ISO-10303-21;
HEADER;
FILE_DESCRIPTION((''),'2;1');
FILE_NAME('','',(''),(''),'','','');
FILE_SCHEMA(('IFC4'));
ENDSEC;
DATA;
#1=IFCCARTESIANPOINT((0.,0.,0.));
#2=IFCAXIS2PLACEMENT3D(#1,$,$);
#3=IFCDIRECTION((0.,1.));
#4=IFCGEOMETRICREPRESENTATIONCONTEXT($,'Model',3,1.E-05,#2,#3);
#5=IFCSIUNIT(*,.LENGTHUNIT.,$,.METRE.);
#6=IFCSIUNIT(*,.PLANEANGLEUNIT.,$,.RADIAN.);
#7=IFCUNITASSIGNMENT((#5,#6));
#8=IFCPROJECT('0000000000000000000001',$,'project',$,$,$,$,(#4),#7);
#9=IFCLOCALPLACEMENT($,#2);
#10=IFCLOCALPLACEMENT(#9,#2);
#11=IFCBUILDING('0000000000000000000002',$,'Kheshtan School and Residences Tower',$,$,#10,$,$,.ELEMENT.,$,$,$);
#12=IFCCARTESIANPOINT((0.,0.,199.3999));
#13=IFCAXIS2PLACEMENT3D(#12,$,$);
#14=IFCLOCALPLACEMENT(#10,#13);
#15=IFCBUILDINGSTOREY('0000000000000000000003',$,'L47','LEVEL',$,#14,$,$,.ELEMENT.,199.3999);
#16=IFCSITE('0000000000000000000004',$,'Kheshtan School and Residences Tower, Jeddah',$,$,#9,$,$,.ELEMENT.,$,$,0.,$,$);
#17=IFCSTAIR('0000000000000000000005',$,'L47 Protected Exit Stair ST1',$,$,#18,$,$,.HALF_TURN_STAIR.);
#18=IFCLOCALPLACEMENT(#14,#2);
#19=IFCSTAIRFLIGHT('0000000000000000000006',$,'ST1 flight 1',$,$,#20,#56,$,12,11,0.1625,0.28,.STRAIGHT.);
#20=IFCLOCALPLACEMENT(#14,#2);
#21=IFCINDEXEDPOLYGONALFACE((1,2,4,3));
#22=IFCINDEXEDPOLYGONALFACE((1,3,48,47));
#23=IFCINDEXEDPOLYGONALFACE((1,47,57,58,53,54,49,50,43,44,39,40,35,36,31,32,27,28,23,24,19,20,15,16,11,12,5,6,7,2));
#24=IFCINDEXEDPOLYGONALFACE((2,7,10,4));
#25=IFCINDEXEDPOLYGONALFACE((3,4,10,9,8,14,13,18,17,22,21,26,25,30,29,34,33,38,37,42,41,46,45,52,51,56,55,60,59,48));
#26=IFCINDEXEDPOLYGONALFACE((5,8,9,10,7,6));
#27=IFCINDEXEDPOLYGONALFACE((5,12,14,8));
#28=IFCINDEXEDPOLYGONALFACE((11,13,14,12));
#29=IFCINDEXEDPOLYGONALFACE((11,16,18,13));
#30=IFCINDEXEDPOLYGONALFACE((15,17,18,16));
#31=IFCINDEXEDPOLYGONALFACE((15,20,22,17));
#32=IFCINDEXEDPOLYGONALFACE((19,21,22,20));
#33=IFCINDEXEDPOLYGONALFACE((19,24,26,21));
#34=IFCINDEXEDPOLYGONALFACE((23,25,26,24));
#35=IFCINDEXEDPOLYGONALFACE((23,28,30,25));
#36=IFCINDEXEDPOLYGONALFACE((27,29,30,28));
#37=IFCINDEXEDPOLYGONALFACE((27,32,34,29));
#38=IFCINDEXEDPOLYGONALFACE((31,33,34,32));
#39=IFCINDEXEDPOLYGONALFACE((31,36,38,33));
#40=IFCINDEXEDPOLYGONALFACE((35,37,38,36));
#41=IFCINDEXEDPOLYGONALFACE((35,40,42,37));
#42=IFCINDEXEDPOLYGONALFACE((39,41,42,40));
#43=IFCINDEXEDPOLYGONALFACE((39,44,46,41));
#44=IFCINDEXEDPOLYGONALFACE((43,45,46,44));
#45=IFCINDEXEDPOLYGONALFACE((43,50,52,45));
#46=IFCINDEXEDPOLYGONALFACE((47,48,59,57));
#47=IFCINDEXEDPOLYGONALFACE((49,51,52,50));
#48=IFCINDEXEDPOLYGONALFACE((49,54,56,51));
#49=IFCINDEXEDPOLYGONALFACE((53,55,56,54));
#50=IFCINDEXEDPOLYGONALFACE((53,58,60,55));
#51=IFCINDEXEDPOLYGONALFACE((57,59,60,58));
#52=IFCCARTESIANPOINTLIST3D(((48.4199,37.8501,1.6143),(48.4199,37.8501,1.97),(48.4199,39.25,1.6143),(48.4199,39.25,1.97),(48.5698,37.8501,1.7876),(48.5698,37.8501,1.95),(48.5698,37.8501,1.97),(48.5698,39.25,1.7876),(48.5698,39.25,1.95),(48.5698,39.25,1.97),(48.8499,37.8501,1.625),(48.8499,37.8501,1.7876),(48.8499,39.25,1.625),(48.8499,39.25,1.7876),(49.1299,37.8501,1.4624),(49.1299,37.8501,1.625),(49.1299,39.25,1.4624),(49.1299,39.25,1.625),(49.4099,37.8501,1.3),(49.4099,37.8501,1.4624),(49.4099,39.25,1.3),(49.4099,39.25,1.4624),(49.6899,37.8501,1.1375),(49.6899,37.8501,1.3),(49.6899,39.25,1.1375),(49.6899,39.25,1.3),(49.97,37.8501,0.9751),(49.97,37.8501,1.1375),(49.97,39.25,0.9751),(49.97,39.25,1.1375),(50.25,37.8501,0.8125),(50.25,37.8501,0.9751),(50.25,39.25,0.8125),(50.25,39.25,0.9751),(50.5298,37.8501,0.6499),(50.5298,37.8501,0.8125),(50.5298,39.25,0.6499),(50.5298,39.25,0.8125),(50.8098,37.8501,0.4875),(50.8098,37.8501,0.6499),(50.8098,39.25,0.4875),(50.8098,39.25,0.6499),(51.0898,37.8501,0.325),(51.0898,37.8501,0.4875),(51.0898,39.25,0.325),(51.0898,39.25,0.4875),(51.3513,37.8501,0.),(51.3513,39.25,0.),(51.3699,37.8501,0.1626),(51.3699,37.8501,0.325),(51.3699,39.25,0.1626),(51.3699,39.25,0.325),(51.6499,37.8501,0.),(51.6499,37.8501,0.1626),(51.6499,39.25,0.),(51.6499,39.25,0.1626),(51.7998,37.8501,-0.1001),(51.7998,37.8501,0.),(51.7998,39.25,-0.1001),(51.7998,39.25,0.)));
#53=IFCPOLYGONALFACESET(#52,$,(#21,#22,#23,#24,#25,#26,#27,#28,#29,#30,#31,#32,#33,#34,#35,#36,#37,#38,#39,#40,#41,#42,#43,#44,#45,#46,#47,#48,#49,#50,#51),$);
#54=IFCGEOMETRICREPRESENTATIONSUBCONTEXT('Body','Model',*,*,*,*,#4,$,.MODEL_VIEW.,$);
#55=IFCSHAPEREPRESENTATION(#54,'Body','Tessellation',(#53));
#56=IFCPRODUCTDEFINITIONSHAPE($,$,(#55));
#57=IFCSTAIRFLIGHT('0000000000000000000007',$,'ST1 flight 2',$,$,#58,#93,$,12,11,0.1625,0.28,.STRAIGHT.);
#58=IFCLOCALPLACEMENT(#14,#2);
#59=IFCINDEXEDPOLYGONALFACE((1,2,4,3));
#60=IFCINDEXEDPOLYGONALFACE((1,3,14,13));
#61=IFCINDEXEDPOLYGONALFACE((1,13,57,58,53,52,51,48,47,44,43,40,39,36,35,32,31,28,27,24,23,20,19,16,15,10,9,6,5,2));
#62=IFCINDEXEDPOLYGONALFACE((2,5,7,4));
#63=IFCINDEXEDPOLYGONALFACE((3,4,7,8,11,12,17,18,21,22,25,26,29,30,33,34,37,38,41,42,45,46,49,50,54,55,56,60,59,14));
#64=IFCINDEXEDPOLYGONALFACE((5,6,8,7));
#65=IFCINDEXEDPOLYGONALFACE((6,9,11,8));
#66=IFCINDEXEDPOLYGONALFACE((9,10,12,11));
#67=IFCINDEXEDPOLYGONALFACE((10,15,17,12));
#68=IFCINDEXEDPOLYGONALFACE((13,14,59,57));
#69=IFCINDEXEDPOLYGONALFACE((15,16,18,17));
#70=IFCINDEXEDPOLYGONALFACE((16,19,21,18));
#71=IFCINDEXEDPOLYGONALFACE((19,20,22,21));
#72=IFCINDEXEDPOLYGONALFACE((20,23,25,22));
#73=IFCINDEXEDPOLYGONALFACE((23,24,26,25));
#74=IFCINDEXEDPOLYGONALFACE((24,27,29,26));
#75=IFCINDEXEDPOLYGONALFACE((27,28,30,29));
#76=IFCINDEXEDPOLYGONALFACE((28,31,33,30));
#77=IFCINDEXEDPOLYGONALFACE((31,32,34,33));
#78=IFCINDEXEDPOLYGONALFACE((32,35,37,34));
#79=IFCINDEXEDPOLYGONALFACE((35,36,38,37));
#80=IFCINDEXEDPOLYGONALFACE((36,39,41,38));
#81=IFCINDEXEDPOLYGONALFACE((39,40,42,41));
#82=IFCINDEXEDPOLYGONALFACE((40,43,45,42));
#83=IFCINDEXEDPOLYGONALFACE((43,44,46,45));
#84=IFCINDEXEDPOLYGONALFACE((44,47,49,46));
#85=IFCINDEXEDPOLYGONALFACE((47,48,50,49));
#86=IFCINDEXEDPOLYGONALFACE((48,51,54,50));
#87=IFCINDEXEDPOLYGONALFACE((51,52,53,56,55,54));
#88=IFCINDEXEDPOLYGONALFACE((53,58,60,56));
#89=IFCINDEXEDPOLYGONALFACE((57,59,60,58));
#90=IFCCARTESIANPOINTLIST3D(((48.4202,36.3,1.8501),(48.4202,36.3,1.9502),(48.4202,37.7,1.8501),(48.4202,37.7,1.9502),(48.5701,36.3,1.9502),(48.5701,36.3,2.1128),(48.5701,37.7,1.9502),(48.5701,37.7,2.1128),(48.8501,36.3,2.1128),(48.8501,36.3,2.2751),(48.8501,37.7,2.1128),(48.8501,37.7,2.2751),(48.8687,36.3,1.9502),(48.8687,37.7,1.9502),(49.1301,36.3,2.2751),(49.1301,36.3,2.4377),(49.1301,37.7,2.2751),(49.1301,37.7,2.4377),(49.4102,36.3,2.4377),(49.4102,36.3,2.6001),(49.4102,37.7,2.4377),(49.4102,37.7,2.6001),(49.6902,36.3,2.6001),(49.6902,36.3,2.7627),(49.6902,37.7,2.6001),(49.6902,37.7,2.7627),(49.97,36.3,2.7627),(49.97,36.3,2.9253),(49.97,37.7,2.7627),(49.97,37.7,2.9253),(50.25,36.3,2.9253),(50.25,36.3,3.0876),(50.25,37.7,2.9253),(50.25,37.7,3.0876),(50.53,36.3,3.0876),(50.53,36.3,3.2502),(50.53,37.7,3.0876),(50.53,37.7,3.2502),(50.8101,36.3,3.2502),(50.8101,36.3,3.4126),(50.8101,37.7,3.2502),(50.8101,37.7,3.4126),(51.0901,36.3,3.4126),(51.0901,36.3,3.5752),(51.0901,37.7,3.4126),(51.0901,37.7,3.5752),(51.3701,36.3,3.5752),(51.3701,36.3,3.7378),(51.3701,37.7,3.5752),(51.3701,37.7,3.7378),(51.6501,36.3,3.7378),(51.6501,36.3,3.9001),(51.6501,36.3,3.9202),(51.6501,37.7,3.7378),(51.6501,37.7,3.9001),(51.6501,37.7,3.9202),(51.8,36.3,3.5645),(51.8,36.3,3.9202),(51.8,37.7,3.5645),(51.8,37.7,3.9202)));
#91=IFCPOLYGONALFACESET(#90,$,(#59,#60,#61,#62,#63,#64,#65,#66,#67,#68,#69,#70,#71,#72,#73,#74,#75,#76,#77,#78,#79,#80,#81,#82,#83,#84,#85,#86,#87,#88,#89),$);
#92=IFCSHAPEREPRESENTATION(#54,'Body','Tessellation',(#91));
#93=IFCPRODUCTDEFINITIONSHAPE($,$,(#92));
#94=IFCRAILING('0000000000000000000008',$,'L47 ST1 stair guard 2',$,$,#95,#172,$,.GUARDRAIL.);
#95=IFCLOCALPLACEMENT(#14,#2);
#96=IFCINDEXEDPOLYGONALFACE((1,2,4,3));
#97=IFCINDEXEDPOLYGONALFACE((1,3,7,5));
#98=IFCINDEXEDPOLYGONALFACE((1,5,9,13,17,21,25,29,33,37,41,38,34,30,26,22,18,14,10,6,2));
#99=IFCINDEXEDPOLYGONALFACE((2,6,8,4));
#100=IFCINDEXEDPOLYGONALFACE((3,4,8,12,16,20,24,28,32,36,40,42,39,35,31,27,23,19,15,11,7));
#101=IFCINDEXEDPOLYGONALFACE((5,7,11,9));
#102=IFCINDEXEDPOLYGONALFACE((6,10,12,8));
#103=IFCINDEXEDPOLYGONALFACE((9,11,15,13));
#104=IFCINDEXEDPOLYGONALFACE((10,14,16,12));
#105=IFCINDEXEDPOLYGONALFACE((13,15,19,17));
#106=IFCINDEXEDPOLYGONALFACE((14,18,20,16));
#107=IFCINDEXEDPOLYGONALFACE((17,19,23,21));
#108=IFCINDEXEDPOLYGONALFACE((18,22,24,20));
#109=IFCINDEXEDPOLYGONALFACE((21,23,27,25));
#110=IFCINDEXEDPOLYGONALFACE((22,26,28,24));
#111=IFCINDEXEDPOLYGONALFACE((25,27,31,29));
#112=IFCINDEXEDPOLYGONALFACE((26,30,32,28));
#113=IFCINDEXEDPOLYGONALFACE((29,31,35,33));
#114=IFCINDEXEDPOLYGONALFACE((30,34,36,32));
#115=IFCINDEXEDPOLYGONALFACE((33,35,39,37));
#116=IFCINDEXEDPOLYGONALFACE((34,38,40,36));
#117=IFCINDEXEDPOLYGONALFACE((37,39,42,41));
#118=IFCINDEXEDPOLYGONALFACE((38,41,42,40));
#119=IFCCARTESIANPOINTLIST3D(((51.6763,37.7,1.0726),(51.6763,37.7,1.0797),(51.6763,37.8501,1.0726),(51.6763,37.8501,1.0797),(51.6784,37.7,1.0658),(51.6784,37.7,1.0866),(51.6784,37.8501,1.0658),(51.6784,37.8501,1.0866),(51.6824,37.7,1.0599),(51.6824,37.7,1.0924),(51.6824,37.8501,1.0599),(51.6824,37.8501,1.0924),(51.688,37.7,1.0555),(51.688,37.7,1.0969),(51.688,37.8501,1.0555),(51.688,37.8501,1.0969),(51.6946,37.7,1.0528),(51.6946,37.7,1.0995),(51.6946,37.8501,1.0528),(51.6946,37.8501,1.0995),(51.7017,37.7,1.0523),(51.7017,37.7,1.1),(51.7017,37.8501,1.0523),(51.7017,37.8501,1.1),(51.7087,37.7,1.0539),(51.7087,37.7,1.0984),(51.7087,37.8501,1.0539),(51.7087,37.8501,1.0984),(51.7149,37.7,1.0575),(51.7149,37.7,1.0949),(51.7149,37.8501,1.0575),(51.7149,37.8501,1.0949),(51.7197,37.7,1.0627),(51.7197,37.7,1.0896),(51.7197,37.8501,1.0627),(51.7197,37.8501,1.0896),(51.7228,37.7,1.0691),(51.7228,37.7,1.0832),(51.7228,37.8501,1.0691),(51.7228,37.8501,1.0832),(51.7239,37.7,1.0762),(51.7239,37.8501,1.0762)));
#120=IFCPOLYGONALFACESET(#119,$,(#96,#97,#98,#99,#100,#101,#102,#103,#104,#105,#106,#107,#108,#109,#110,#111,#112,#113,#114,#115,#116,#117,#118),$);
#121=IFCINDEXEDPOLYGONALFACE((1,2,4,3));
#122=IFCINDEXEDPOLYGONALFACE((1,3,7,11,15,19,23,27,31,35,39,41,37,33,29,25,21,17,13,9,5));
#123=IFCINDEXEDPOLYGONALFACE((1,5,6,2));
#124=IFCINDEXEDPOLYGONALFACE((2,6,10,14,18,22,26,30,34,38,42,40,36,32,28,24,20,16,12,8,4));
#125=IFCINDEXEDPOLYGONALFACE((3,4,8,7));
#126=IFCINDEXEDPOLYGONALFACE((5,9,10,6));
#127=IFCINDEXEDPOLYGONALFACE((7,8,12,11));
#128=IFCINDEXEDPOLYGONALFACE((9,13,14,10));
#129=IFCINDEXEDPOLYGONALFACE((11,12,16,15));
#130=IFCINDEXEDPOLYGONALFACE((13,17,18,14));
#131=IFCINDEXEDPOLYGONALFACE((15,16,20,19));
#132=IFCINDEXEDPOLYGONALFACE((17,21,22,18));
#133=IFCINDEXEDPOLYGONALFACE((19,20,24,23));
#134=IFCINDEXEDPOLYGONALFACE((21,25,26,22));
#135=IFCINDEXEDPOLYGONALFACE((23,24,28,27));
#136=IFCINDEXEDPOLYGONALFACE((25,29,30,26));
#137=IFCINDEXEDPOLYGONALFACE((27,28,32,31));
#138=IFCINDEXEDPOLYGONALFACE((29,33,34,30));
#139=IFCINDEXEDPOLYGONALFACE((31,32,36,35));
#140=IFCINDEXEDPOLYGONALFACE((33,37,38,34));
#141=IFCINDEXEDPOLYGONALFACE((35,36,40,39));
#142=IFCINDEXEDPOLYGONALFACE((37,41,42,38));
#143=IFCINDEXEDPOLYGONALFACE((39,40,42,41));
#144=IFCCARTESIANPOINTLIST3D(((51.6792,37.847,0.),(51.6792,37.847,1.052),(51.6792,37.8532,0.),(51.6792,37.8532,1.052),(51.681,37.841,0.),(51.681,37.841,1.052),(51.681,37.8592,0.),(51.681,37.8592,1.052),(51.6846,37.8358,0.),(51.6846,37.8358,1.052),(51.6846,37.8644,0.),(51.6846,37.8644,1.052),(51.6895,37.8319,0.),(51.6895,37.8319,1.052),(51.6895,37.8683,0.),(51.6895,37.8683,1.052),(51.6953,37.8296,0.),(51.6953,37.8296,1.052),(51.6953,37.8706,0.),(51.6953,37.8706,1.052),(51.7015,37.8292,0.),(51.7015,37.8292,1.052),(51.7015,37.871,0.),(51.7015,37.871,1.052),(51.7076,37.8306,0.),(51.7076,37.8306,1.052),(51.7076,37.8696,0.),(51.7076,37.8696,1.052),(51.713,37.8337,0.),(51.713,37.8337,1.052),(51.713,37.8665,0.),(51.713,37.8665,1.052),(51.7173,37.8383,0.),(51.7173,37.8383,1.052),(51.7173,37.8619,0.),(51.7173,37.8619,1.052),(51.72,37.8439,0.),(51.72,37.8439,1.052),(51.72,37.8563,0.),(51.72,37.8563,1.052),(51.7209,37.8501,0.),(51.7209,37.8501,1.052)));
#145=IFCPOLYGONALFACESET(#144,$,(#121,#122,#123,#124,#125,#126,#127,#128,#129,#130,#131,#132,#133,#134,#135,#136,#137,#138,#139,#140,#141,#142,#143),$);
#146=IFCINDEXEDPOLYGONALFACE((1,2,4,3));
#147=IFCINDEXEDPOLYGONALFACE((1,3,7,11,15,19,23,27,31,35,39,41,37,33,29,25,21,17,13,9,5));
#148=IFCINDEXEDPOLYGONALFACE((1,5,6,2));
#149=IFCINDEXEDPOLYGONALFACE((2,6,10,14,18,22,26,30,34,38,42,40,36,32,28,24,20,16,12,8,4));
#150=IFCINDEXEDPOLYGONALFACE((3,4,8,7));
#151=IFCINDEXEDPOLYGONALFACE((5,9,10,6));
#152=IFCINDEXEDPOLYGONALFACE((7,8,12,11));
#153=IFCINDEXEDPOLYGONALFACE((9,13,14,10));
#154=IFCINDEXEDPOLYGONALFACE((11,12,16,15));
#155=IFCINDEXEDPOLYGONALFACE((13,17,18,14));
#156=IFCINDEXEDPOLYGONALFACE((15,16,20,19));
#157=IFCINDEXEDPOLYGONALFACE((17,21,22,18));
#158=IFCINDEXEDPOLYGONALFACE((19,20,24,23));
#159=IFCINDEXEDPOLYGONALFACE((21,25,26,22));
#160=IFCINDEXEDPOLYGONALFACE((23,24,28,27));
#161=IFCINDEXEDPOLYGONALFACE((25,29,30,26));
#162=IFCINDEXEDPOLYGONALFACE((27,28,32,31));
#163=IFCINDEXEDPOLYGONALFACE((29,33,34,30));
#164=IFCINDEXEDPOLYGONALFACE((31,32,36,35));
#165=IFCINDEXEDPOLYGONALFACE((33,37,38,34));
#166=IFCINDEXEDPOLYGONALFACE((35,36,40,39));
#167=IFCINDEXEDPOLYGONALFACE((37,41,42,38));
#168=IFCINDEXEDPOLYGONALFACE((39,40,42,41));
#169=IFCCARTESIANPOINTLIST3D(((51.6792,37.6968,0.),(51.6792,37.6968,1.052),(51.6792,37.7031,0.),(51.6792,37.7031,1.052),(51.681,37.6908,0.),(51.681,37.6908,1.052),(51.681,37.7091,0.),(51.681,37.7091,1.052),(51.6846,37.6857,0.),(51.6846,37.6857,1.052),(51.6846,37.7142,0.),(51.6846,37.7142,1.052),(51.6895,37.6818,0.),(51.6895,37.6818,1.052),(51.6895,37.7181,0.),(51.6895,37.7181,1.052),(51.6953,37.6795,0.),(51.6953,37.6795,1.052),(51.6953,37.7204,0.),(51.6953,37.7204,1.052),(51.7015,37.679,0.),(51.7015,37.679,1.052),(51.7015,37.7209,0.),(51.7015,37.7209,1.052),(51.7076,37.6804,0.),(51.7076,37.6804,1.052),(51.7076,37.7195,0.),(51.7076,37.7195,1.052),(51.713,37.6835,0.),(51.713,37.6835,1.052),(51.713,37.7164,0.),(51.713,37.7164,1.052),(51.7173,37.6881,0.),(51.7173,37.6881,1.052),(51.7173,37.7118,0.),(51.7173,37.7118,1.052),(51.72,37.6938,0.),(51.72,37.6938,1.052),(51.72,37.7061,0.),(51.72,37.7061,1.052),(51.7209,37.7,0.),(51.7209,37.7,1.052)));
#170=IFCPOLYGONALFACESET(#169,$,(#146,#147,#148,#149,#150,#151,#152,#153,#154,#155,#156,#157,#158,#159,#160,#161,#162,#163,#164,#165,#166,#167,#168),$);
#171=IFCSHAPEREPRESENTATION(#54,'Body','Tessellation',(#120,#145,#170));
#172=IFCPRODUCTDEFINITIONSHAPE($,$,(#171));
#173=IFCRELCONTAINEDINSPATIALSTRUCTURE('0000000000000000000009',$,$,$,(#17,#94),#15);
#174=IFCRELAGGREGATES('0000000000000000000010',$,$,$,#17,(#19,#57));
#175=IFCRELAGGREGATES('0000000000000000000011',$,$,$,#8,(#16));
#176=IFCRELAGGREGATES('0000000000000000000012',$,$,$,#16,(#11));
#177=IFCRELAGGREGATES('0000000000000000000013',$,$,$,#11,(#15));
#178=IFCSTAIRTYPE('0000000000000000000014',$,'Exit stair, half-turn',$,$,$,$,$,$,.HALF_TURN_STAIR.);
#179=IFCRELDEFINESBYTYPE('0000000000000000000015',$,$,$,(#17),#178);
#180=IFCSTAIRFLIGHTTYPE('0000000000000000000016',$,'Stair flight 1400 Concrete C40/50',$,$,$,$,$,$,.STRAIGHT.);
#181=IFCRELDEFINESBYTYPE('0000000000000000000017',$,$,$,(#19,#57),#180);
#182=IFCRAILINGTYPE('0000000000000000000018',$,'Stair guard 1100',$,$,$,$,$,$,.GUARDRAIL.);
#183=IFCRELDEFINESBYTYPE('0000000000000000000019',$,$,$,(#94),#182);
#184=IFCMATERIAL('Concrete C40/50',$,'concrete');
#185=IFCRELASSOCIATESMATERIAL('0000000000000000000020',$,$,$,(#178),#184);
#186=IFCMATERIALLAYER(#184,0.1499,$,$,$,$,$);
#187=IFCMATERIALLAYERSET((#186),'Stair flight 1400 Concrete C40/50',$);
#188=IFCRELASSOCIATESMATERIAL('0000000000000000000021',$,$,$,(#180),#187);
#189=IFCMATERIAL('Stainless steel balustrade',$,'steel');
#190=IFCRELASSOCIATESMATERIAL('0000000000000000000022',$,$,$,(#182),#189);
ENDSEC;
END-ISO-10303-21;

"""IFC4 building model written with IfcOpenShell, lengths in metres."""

from ifc_helpers import new_model, si_unit, direction, frame, origin, origin_2d, place, context, subcontext, project, spatial, polyline, circle, outline, extrude, material, layer, layer_set, type_object, element, aggregate, save


model = new_model("IFC4")

# Units and contexts
model_context = context("Model", 3, precision=1e-05, world=origin(), true_north=direction((0.0, 1.0)))
body_context = subcontext(model_context, "Body", "Model", "MODEL_VIEW")
ifc_project = project(units=[si_unit("LENGTHUNIT", "METRE"), si_unit("PLANEANGLEUNIT", "RADIAN")], contexts=[model_context])

# Site, building, storey
site_placement = place(None, origin())
site = spatial("IfcSite", under=ifc_project, at=site_placement, Name="Kheshtan School and Residences Tower, Jeddah", CompositionType="ELEMENT", RefElevation=0.0)
building_placement = place(site_placement, origin())
building = spatial("IfcBuilding", under=site, at=building_placement, Name="Kheshtan School and Residences Tower", CompositionType="ELEMENT")
storey_placement = place(building_placement, frame((0.0, 0.0, 199.3999)))
storey = spatial("IfcBuildingStorey", under=building, at=storey_placement, Name="L47", Description="LEVEL", CompositionType="ELEMENT", Elevation=199.3999)

# Shared definitions
ifc_material_1 = material(Name="Concrete C40/50", Category="concrete")

# Stair, stair flights
stair_type = type_object("IfcStairType", Name="Exit stair, half-turn", PredefinedType="HALF_TURN_STAIR", material=ifc_material_1)
stair_placement = place(storey_placement, origin())
stair = element("IfcStair", 1, at=stair_placement, inside=storey, type_object=stair_type, Name="L47 Protected Exit Stair ST1", PredefinedType="HALF_TURN_STAIR")
ifc_layer_1 = layer(ifc_material_1, 0.1499)
ifc_layer_set_1 = layer_set([ifc_layer_1], Name="Stair flight 1400 Concrete C40/50")
stair_flight_type = type_object("IfcStairFlightType", Name="Stair flight 1400 Concrete C40/50", PredefinedType="STRAIGHT", material=ifc_layer_set_1)
stair_flight_1_placement = place(storey_placement, frame((51.6499, 38.55, 0.0), z_axis=(0.0, 0.0, 1.0), x_axis=(-1.0, 0.0, 0.0)))
stair_flight_1 = element("IfcStairFlight", 2, at=stair_flight_1_placement, type_object=stair_flight_type, Name="ST1 flight 1", NumberOfRisers=12, NumberOfTreads=11, PredefinedType="STRAIGHT", RiserHeight=0.1625, TreadLength=0.28, context=body_context, shape_type="SweptSolid", body=[
    extrude(outline(polyline([(-0.1499, -0.1001), (-0.1499, 0.0), (0.0, 0.0), (0.0, 0.1626), (0.28, 0.1626), (0.28, 0.325), (0.5601, 0.325), (0.5601, 0.4875), (0.8401, 0.4875), (0.8401, 0.6499), (1.1201, 0.6499), (1.1201, 0.8125), (1.3999, 0.8125), (1.3999, 0.9751), (1.6799, 0.9751), (1.6799, 1.1375), (1.96, 1.1375), (1.96, 1.3), (2.24, 1.3), (2.24, 1.4624), (2.52, 1.4624), (2.52, 1.625), (2.8, 1.625), (2.8, 1.7876), (3.0801, 1.7876), (3.0801, 1.95), (3.0801, 1.97), (3.23, 1.97), (3.23, 1.6143), (0.2986, 0.0), (-0.1499, -0.1001)])), frame((0.0, 0.7, 0.0), z_axis=(0.0, -1.0, 0.0), x_axis=(1.0, 0.0, 0.0)), (0.0, 0.0, 1.0), 1.3999),
])
stair_flight_2_placement = place(storey_placement, frame((48.5701, 37.0, 1.9502), z_axis=(0.0, 0.0, 1.0), x_axis=(1.0, 0.0, 0.0)))
stair_flight_2 = element("IfcStairFlight", 3, at=stair_flight_2_placement, type_object=stair_flight_type, Name="ST1 flight 2", NumberOfRisers=12, NumberOfTreads=11, PredefinedType="STRAIGHT", RiserHeight=0.1625, TreadLength=0.28, context=body_context, shape_type="SweptSolid", body=[
    extrude(outline(polyline([(-0.1499, -0.1001), (-0.1499, 0.0), (0.0, 0.0), (0.0, 0.1626), (0.28, 0.1626), (0.28, 0.325), (0.5601, 0.325), (0.5601, 0.4875), (0.8401, 0.4875), (0.8401, 0.6499), (1.1201, 0.6499), (1.1201, 0.8125), (1.3999, 0.8125), (1.3999, 0.9751), (1.6799, 0.9751), (1.6799, 1.1375), (1.96, 1.1375), (1.96, 1.3), (2.24, 1.3), (2.24, 1.4624), (2.52, 1.4624), (2.52, 1.625), (2.8, 1.625), (2.8, 1.7876), (3.0801, 1.7876), (3.0801, 1.95), (3.0801, 1.97), (3.23, 1.97), (3.23, 1.6143), (0.2986, 0.0), (-0.1499, -0.1001)])), frame((0.0, 0.7, 0.0), z_axis=(0.0, -1.0, 0.0), x_axis=(1.0, 0.0, 0.0)), (0.0, 0.0, 1.0), 1.3999),
])
aggregate(stair, [stair_flight_1, stair_flight_2])

# Railing
ifc_material_2 = material(Name="Stainless steel balustrade", Category="steel")
railing_type_1 = type_object("IfcRailingType", Name="Stair guard 1100", PredefinedType="GUARDRAIL", material=ifc_material_2)
railing_1_placement = place(storey_placement, frame((51.7, 37.8501, 0.0)))
element("IfcRailing", 4, at=railing_1_placement, inside=storey, type_object=railing_type_1, Name="L47 ST1 stair guard 2", PredefinedType="GUARDRAIL", context=body_context, shape_type="SweptSolid", body=[
    extrude(circle(Radius=0.0239, at=origin_2d()), frame((0.0, 0.0, 1.0762), z_axis=(0.0, -1.0, 0.0), x_axis=(1.0, 0.0, 0.0)), (0.0, 0.0, 1.0), 0.1501),
    extrude(circle(Radius=0.021, at=origin_2d()), origin(), (0.0, 0.0, 1.0), 1.052),
    extrude(circle(Radius=0.021, at=origin_2d()), frame((0.0, -0.1501, 0.0)), (0.0, 0.0, 1.0), 1.052),
])

save(model, "model.ifc")
